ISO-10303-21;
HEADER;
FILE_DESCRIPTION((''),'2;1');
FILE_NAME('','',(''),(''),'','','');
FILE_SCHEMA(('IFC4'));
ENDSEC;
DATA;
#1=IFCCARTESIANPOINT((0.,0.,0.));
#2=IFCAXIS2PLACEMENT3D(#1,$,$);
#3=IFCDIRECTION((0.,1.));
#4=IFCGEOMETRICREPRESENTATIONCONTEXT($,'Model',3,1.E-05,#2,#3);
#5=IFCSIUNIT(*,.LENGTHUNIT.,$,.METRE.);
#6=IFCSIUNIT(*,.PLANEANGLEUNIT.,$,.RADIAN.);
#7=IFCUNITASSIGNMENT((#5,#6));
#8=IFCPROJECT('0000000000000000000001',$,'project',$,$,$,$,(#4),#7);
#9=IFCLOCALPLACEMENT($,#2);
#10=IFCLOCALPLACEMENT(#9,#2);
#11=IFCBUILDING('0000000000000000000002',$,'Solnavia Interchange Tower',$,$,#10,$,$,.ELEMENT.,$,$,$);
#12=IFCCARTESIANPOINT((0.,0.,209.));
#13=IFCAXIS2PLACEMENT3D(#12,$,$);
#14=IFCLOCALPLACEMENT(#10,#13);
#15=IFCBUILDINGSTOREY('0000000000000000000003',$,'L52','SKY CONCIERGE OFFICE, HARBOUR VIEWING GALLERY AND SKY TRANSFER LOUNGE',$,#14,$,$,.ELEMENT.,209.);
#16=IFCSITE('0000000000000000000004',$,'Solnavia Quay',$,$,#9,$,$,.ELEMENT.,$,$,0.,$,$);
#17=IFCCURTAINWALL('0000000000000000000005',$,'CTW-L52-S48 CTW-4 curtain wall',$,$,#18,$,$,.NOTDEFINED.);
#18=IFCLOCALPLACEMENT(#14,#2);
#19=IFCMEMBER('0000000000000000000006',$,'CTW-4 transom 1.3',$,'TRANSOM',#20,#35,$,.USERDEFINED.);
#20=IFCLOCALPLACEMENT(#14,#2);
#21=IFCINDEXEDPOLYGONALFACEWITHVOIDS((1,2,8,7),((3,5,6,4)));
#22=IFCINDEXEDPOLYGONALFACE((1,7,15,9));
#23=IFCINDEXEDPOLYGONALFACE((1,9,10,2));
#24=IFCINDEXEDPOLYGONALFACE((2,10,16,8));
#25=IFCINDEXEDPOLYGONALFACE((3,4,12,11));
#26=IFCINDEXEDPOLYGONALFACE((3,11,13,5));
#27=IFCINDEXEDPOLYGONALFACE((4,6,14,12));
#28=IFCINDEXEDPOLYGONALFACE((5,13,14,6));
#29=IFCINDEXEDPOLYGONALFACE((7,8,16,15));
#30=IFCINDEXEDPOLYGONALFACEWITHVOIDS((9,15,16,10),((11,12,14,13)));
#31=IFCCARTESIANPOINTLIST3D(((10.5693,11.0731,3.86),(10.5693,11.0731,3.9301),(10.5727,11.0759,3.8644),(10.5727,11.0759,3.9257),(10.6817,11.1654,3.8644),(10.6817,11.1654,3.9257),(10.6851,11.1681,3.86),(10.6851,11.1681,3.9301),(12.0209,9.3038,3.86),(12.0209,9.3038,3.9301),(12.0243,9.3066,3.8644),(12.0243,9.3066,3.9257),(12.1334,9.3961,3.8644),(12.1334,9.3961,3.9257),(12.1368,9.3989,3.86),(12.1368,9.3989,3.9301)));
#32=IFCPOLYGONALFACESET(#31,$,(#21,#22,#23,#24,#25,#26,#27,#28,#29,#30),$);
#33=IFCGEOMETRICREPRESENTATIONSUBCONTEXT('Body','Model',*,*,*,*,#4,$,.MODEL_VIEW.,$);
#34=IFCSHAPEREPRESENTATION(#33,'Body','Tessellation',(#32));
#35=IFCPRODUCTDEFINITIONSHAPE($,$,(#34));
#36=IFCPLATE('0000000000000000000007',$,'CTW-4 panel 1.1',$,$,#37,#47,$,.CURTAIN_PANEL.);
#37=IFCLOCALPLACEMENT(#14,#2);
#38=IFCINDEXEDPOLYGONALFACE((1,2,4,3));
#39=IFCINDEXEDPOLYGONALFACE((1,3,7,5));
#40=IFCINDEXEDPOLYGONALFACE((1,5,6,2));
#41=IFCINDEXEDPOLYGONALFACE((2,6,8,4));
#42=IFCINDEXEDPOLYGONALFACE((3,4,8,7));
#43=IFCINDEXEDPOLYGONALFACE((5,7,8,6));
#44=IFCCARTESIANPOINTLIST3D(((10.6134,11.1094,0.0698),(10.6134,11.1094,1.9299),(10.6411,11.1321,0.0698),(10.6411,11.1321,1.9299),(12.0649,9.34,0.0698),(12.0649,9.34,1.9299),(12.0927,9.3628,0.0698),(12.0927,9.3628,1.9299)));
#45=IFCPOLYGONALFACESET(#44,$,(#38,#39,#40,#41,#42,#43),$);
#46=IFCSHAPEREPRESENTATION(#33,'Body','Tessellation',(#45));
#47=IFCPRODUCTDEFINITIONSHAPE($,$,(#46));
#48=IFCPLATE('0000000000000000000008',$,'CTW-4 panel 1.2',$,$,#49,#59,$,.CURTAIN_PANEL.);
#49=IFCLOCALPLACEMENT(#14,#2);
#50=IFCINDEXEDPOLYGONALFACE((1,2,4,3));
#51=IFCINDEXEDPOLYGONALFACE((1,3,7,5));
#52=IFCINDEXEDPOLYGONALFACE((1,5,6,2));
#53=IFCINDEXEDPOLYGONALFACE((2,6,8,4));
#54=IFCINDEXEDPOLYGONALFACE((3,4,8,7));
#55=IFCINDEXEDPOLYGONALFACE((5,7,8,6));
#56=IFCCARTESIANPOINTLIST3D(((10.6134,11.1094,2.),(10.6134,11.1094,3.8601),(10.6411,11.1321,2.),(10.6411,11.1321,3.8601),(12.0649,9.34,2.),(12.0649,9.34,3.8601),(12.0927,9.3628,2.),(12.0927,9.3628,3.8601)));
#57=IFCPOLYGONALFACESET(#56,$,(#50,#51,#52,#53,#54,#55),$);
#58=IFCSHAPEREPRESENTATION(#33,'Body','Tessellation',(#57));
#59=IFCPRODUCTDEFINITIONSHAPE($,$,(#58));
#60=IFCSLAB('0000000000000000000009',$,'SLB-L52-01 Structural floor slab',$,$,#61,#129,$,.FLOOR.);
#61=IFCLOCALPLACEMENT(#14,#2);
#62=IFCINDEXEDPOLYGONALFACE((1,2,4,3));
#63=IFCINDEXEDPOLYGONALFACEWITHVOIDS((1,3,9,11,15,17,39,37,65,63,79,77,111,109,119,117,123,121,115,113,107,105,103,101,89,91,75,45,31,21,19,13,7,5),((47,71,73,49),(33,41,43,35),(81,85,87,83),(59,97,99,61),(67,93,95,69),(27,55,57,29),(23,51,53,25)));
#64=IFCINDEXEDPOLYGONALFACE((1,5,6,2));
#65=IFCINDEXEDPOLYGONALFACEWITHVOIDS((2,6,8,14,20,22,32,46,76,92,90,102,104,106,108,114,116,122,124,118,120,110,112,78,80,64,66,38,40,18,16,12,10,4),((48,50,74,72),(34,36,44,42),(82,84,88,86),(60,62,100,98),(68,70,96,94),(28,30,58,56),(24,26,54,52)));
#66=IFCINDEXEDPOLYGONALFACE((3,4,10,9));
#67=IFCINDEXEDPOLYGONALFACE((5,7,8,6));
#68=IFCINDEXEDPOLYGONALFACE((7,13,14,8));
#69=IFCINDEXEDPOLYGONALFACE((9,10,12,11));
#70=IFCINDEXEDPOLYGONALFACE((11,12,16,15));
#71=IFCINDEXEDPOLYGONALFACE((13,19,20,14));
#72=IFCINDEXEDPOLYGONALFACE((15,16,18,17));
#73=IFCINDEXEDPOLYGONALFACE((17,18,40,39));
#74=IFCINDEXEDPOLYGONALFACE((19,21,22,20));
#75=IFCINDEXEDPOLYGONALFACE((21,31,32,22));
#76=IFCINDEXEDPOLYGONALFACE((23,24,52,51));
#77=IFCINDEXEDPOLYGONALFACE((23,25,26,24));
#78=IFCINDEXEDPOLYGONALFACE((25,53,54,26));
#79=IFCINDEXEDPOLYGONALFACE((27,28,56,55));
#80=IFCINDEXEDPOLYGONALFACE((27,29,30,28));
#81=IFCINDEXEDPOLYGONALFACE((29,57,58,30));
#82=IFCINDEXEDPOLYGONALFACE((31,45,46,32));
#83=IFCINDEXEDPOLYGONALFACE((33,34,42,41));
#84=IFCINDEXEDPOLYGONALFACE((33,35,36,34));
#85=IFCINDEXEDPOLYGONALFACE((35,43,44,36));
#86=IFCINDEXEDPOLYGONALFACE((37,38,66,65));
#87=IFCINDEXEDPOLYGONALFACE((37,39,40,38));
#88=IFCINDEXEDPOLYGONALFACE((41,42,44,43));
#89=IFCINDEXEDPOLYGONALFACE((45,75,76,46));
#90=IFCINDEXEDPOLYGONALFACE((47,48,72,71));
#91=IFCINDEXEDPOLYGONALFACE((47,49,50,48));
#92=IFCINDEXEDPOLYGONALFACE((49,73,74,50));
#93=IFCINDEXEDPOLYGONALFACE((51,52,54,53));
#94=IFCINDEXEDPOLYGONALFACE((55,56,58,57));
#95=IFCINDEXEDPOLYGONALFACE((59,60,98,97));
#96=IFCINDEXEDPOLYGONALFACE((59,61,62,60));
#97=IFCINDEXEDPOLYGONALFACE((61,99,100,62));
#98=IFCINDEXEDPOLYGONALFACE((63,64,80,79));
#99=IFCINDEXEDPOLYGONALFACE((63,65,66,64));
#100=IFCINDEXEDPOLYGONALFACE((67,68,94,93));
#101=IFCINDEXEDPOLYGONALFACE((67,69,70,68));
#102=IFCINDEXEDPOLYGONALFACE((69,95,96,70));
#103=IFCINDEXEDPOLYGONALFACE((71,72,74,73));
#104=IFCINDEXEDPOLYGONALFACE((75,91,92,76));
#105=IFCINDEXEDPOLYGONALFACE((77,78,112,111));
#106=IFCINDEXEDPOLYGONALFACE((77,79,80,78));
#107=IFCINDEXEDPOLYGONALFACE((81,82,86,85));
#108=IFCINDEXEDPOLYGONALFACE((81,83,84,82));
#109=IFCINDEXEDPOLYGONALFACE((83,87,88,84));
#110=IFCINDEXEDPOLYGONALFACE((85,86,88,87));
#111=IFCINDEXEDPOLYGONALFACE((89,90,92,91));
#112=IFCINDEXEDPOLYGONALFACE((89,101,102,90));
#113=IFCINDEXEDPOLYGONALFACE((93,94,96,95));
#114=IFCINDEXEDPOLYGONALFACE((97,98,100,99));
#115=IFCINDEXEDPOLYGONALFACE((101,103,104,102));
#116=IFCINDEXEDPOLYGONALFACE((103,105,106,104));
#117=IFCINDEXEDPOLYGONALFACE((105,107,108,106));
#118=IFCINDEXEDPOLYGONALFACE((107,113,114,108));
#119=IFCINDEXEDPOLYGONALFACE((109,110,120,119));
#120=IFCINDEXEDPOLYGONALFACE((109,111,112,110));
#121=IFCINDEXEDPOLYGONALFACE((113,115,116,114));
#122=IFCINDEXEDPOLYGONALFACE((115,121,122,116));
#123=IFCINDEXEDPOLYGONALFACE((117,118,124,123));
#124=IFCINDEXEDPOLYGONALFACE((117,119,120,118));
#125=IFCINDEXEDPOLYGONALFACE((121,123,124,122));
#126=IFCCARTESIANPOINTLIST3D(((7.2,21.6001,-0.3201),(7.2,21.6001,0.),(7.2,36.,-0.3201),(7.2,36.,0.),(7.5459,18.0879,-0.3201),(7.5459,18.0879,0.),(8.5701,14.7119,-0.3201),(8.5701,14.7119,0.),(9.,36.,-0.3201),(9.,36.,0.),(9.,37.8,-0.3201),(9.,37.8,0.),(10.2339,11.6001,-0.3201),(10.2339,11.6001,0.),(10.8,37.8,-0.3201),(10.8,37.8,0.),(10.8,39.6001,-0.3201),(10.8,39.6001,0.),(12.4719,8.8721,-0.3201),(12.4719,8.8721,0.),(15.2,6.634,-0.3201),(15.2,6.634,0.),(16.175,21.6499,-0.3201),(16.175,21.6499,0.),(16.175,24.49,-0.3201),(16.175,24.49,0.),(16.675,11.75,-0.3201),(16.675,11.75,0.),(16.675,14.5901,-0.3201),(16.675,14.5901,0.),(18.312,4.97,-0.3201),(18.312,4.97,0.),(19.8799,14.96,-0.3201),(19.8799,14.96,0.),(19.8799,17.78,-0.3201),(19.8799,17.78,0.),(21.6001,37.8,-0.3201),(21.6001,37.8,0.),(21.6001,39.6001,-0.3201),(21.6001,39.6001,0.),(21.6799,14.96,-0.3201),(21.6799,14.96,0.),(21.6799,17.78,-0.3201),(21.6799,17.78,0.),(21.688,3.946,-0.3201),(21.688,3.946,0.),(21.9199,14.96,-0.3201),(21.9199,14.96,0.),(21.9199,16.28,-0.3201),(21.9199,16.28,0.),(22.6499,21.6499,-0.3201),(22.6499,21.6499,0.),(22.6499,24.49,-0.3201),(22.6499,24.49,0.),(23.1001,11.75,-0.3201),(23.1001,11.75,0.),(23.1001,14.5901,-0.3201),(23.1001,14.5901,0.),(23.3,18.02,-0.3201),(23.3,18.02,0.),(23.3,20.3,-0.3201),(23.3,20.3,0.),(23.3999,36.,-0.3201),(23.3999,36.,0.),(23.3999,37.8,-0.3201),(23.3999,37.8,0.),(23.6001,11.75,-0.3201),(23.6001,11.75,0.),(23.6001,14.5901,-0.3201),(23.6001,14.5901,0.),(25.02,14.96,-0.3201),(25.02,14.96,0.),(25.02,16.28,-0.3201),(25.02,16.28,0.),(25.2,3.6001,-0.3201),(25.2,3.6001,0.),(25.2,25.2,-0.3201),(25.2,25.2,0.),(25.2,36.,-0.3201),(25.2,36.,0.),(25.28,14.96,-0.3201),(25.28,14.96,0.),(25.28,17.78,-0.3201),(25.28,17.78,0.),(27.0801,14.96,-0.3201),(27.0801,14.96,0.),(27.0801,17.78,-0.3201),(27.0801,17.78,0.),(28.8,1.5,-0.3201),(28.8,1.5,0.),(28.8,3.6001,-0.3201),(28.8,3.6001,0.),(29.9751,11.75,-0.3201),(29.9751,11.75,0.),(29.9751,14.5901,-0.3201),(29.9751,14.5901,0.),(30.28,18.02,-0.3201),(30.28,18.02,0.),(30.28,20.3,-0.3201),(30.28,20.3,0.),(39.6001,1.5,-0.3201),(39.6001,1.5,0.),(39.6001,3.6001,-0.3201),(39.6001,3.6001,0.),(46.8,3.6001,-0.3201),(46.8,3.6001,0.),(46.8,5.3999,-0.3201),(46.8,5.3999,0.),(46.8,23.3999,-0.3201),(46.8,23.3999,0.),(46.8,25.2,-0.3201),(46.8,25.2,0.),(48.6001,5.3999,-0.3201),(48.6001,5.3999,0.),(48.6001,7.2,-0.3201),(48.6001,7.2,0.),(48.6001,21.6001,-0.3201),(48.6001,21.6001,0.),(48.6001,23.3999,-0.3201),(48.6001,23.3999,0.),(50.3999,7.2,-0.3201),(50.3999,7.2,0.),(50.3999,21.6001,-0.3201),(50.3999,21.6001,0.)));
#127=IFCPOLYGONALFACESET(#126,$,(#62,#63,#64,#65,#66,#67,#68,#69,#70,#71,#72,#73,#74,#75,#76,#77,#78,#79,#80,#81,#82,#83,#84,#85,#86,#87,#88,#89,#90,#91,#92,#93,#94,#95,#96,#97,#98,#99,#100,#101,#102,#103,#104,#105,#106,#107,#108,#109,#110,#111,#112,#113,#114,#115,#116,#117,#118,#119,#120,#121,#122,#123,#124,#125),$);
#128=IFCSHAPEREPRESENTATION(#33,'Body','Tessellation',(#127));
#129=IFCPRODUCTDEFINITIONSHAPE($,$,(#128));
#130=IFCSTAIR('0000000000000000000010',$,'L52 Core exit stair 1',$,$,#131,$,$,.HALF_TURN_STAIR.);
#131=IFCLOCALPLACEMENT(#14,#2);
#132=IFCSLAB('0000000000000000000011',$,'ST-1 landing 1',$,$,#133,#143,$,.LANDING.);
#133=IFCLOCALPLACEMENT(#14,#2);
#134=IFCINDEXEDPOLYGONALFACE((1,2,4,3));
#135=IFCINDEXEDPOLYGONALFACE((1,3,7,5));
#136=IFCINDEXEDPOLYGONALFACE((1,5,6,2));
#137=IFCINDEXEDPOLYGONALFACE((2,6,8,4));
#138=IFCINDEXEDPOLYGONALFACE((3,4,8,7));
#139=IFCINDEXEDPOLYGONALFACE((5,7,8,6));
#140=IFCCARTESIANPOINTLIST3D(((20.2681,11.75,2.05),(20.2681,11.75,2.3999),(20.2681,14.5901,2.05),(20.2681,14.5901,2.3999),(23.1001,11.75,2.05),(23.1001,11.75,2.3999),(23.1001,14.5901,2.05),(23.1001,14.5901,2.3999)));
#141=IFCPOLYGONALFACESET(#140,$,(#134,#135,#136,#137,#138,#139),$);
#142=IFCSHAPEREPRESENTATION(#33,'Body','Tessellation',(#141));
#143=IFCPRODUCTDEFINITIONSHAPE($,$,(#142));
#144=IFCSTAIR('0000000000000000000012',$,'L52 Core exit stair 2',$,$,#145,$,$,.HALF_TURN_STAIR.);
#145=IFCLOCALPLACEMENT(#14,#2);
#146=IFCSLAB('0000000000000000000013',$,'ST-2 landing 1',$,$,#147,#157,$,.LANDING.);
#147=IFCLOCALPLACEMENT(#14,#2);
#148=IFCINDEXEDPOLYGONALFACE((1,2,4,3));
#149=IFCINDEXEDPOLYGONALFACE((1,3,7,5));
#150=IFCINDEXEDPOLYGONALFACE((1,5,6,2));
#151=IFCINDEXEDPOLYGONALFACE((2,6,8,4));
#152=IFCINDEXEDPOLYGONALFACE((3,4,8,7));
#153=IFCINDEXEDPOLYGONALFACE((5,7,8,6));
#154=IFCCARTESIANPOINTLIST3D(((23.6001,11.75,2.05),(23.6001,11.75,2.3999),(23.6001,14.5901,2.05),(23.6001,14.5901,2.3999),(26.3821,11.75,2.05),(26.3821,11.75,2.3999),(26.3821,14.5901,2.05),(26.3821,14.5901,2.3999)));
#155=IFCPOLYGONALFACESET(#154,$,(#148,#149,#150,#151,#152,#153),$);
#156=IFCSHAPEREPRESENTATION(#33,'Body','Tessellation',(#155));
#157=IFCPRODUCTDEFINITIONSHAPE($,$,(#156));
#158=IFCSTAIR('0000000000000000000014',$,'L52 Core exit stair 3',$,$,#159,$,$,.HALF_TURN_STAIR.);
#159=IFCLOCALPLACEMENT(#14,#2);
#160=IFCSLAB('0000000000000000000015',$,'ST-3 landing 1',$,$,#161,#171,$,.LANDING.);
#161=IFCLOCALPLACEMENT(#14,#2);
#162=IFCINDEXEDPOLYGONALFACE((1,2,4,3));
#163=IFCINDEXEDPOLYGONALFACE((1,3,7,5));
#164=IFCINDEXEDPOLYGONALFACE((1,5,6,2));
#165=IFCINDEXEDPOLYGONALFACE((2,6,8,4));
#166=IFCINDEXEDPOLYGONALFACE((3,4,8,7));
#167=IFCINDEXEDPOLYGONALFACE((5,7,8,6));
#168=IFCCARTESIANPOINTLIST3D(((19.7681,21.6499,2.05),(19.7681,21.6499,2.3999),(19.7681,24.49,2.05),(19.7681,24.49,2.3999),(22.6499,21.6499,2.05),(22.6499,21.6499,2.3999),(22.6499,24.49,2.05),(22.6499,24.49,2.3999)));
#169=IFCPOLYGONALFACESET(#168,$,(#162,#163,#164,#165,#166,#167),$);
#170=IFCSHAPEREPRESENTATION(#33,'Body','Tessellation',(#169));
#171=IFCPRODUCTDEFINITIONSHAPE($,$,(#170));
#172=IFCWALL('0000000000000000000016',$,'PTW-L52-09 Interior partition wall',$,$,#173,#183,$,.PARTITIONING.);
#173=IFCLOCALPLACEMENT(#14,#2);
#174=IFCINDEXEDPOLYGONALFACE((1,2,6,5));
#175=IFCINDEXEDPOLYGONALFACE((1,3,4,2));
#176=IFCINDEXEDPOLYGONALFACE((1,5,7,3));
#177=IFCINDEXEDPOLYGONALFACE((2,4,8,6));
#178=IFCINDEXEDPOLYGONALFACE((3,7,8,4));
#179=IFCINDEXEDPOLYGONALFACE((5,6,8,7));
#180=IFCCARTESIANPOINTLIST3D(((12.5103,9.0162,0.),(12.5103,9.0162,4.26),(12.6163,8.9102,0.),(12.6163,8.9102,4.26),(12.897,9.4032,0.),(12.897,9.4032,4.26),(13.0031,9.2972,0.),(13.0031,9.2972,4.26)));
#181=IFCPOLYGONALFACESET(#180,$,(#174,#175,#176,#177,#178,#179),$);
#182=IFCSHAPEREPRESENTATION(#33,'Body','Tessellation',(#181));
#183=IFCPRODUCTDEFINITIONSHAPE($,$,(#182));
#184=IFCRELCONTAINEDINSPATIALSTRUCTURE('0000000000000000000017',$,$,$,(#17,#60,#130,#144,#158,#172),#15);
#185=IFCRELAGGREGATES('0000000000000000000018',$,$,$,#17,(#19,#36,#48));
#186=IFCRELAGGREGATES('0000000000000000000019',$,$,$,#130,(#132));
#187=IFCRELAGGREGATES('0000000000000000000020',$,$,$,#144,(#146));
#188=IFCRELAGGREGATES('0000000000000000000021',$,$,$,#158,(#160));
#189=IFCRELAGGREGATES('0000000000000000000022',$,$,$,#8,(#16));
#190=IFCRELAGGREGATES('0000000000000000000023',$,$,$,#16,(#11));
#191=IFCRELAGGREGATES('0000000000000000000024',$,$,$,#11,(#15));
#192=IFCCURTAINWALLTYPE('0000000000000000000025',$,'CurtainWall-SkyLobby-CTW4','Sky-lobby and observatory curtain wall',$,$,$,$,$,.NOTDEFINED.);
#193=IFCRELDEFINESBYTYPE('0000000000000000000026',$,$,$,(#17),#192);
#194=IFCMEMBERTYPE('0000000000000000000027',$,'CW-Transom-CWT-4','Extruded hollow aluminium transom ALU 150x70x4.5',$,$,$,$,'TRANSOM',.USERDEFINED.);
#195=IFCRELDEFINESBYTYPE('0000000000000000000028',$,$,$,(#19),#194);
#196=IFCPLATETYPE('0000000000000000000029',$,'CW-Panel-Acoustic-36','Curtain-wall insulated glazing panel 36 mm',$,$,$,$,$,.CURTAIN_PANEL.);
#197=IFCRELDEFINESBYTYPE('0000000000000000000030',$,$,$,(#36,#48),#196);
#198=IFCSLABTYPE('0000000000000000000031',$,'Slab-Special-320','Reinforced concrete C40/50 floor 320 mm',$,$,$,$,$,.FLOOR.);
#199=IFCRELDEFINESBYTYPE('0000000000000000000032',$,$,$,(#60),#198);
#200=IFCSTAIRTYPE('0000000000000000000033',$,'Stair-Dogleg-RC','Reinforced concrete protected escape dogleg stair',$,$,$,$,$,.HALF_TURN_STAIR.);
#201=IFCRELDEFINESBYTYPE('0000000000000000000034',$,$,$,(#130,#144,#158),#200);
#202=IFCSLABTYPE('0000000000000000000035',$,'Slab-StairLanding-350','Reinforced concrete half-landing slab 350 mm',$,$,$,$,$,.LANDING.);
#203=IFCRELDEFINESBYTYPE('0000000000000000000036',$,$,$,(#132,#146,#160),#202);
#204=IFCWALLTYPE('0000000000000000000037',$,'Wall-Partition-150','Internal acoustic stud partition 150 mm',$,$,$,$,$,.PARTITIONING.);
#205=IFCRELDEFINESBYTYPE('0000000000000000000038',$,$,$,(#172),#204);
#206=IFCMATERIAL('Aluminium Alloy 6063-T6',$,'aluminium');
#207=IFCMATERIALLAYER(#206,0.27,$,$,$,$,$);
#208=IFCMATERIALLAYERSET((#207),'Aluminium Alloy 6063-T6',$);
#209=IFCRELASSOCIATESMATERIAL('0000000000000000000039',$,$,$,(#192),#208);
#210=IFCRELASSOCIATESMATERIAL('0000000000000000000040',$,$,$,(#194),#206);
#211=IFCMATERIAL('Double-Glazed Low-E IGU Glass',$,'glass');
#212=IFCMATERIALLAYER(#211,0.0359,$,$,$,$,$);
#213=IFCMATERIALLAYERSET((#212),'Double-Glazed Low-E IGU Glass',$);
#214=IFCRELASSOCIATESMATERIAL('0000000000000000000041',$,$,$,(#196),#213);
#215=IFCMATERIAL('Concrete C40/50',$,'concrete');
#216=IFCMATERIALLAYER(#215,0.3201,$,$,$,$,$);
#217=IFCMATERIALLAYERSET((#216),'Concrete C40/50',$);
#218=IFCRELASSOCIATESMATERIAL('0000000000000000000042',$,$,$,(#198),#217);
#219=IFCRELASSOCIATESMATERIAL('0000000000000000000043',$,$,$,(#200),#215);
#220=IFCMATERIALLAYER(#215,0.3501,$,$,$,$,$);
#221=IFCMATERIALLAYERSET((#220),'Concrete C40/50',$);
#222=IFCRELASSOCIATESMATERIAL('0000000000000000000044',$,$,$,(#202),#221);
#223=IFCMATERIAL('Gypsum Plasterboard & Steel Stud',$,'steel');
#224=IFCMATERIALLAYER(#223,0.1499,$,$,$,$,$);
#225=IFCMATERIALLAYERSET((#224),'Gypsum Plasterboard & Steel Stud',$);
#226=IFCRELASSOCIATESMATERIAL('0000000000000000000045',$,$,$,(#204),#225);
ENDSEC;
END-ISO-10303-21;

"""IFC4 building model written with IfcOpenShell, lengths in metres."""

from ifc_helpers import new_model, si_unit, direction, frame, frame_2d, origin, origin_2d, place, context, subcontext, project, spatial, polyline, rectangle, hollow_rectangle, outline, extrude, material, layer, layer_set, material_profile, profile_set, type_object, element, aggregate, save


model = new_model("IFC4")

# Units and contexts
model_context = context("Model", 3, precision=1e-05, world=origin(), true_north=direction((0.0, 1.0)))
body_context = subcontext(model_context, "Body", "Model", "MODEL_VIEW")
ifc_project = project(units=[si_unit("LENGTHUNIT", "METRE"), si_unit("PLANEANGLEUNIT", "RADIAN")], contexts=[model_context])

# Site, building, storey
site_placement = place(None, origin())
site = spatial("IfcSite", under=ifc_project, at=site_placement, Name="Solnavia Quay", CompositionType="ELEMENT", RefElevation=0.0)
building_placement = place(site_placement, origin())
building = spatial("IfcBuilding", under=site, at=building_placement, Name="Solnavia Interchange Tower", CompositionType="ELEMENT")
storey_placement = place(building_placement, frame((0.0, 0.0, 209.0)))
storey = spatial("IfcBuildingStorey", under=building, at=storey_placement, Name="L52", Description="SKY CONCIERGE OFFICE, HARBOUR VIEWING GALLERY AND SKY TRANSFER LOUNGE", CompositionType="ELEMENT", Elevation=209.0)

# Curtain wall, member, plates
ifc_material_1 = material(Name="Aluminium Alloy 6063-T6", Category="aluminium")
ifc_layer_1 = layer(ifc_material_1, 0.27)
ifc_layer_set_1 = layer_set([ifc_layer_1], Name="Aluminium Alloy 6063-T6")
curtain_wall_type = type_object("IfcCurtainWallType", Name="CurtainWall-SkyLobby-CTW4", Description="Sky-lobby and observatory curtain wall", PredefinedType="NOTDEFINED", material=ifc_layer_set_1)
curtain_wall_placement = place(storey_placement, origin())
curtain_wall = element("IfcCurtainWall", 1, at=curtain_wall_placement, inside=storey, type_object=curtain_wall_type, Name="CTW-L52-S48 CTW-4 curtain wall", PredefinedType="NOTDEFINED")
ifc_material_profile_1 = material_profile(ifc_material_1, hollow_rectangle(XDim=0.0701, YDim=0.1499, WallThickness=0.0044, at=origin_2d()), Name="ALU 150x70x4.5")
ifc_profile_set_1 = profile_set([ifc_material_profile_1], Name="Aluminium Alloy 6063-T6")
member_type_1 = type_object("IfcMemberType", Name="CW-Transom-CWT-4", Description="Extruded hollow aluminium transom ALU 150x70x4.5", ElementType="TRANSOM", PredefinedType="USERDEFINED", material=ifc_profile_set_1)
member_1_placement = place(storey_placement, frame((10.6272, 11.1206, 3.895), z_axis=(0.6343, -0.773087, 0.0), x_axis=(0.0, 0.0, 1.0)))
member_1 = element("IfcMember", 2, at=member_1_placement, type_object=member_type_1, Name="CTW-4 transom 1.3", ObjectType="TRANSOM", PredefinedType="USERDEFINED", context=body_context, shape_type="SweptSolid", body=[
    extrude(hollow_rectangle(XDim=0.0701, YDim=0.1499, WallThickness=0.0044, at=origin_2d()), origin(), (0.0, 0.0, 1.0), 2.2886),
])
ifc_material_2 = material(Name="Double-Glazed Low-E IGU Glass", Category="glass")
ifc_layer_2 = layer(ifc_material_2, 0.0359)
ifc_layer_set_2 = layer_set([ifc_layer_2], Name="Double-Glazed Low-E IGU Glass")
plate_type = type_object("IfcPlateType", Name="CW-Panel-Acoustic-36", Description="Curtain-wall insulated glazing panel 36 mm", PredefinedType="CURTAIN_PANEL", material=ifc_layer_set_2)
plate_1_placement = place(storey_placement, frame((11.353, 10.2361, 0.0698), z_axis=(0.0, 0.0, 1.0), x_axis=(0.63426, -0.77312, 0.0)))
plate_1 = element("IfcPlate", 3, at=plate_1_placement, type_object=plate_type, Name="CTW-4 panel 1.1", PredefinedType="CURTAIN_PANEL", context=body_context, shape_type="SweptSolid", body=[
    extrude(rectangle(XDim=2.2886, YDim=0.0359, at=origin_2d()), origin(), (0.0, 0.0, 1.0), 1.8601),
])
plate_2_placement = place(storey_placement, frame((11.353, 10.2361, 2.0), z_axis=(0.0, 0.0, 1.0), x_axis=(0.63426, -0.77312, 0.0)))
plate_2 = element("IfcPlate", 4, at=plate_2_placement, type_object=plate_type, Name="CTW-4 panel 1.2", PredefinedType="CURTAIN_PANEL", context=body_context, shape_type="SweptSolid", body=[
    extrude(rectangle(XDim=2.2886, YDim=0.0359, at=origin_2d()), origin(), (0.0, 0.0, 1.0), 1.8601),
])
aggregate(curtain_wall, [member_1, plate_1, plate_2])

# Slab
ifc_material_3 = material(Name="Concrete C40/50", Category="concrete")
ifc_layer_3 = layer(ifc_material_3, 0.3201)
ifc_layer_set_3 = layer_set([ifc_layer_3], Name="Concrete C40/50")
slab_type_1 = type_object("IfcSlabType", Name="Slab-Special-320", Description="Reinforced concrete C40/50 floor 320 mm", PredefinedType="FLOOR", material=ifc_layer_set_3)
slab_1_placement = place(storey_placement, frame((0.0, 0.0, -0.3201)))
element("IfcSlab", 5, at=slab_1_placement, inside=storey, type_object=slab_type_1, Name="SLB-L52-01 Structural floor slab", PredefinedType="FLOOR", context=body_context, shape_type="SweptSolid", body=[
    extrude(outline(polyline([(25.2, 3.6001), (28.8, 3.6001), (28.8, 1.5), (39.6001, 1.5), (39.6001, 3.6001), (46.8, 3.6001), (46.8, 5.3999), (48.6001, 5.3999), (48.6001, 7.2), (50.3999, 7.2), (50.3999, 21.6001), (48.6001, 21.6001), (48.6001, 23.3999), (46.8, 23.3999), (46.8, 25.2), (25.2, 25.2), (25.2, 36.0), (23.3999, 36.0), (23.3999, 37.8), (21.6001, 37.8), (21.6001, 39.6001), (10.8, 39.6001), (10.8, 37.8), (9.0, 37.8), (9.0, 36.0), (7.2, 36.0), (7.2, 21.6001), (7.5459, 18.0879), (8.5701, 14.7119), (10.2339, 11.6001), (12.4719, 8.8721), (15.2, 6.634), (18.312, 4.97), (21.688, 3.946), (25.2, 3.6001)]), holes=[polyline([(16.675, 11.75), (23.1001, 11.75), (23.1001, 14.5901), (16.675, 14.5901), (16.675, 11.75)]), polyline([(23.6001, 11.75), (29.9751, 11.75), (29.9751, 14.5901), (23.6001, 14.5901), (23.6001, 11.75)]), polyline([(16.175, 21.6499), (22.6499, 21.6499), (22.6499, 24.49), (16.175, 24.49), (16.175, 21.6499)]), polyline([(19.8799, 14.96), (21.6799, 14.96), (21.6799, 17.78), (19.8799, 17.78), (19.8799, 14.96)]), polyline([(25.28, 14.96), (27.0801, 14.96), (27.0801, 17.78), (25.28, 17.78), (25.28, 14.96)]), polyline([(21.9199, 14.96), (25.02, 14.96), (25.02, 16.28), (21.9199, 16.28), (21.9199, 14.96)]), polyline([(23.3, 18.02), (30.28, 18.02), (30.28, 20.3), (23.3, 20.3), (23.3, 18.02)])]), origin(), (0.0, 0.0, 1.0), 0.3201),
])

# Stairs, slabs
stair_type = type_object("IfcStairType", Name="Stair-Dogleg-RC", Description="Reinforced concrete protected escape dogleg stair", PredefinedType="HALF_TURN_STAIR", material=ifc_material_3)
stair_1_placement = place(storey_placement, origin())
stair_1 = element("IfcStair", 6, at=stair_1_placement, inside=storey, type_object=stair_type, Name="L52 Core exit stair 1", PredefinedType="HALF_TURN_STAIR")
ifc_layer_4 = layer(ifc_material_3, 0.3501)
ifc_layer_set_4 = layer_set([ifc_layer_4], Name="Concrete C40/50")
slab_type_2 = type_object("IfcSlabType", Name="Slab-StairLanding-350", Description="Reinforced concrete half-landing slab 350 mm", PredefinedType="LANDING", material=ifc_layer_set_4)
slab_2_placement = place(storey_placement, frame((0.0, 0.0, 2.05)))
slab_2 = element("IfcSlab", 7, at=slab_2_placement, type_object=slab_type_2, Name="ST-1 landing 1", PredefinedType="LANDING", context=body_context, shape_type="SweptSolid", body=[
    extrude(outline(polyline([(20.2681, 11.75), (23.1001, 11.75), (23.1001, 14.5901), (20.2681, 14.5901), (20.2681, 11.75)])), origin(), (0.0, 0.0, 1.0), 0.3499),
])
aggregate(stair_1, [slab_2])
stair_2_placement = place(storey_placement, origin())
stair_2 = element("IfcStair", 8, at=stair_2_placement, inside=storey, type_object=stair_type, Name="L52 Core exit stair 2", PredefinedType="HALF_TURN_STAIR")
slab_3_placement = place(storey_placement, frame((0.0, 0.0, 2.05)))
slab_3 = element("IfcSlab", 9, at=slab_3_placement, type_object=slab_type_2, Name="ST-2 landing 1", PredefinedType="LANDING", context=body_context, shape_type="SweptSolid", body=[
    extrude(outline(polyline([(23.6001, 11.75), (26.3821, 11.75), (26.3821, 14.5901), (23.6001, 14.5901), (23.6001, 11.75)])), origin(), (0.0, 0.0, 1.0), 0.3499),
])
aggregate(stair_2, [slab_3])
stair_3_placement = place(storey_placement, origin())
stair_3 = element("IfcStair", 10, at=stair_3_placement, inside=storey, type_object=stair_type, Name="L52 Core exit stair 3", PredefinedType="HALF_TURN_STAIR")
slab_4_placement = place(storey_placement, frame((0.0, 0.0, 2.05)))
slab_4 = element("IfcSlab", 11, at=slab_4_placement, type_object=slab_type_2, Name="ST-3 landing 1", PredefinedType="LANDING", context=body_context, shape_type="SweptSolid", body=[
    extrude(outline(polyline([(19.7681, 21.6499), (22.6499, 21.6499), (22.6499, 24.49), (19.7681, 24.49), (19.7681, 21.6499)])), origin(), (0.0, 0.0, 1.0), 0.3499),
])
aggregate(stair_3, [slab_4])

# Wall
ifc_material_4 = material(Name="Gypsum Plasterboard & Steel Stud", Category="steel")
ifc_layer_5 = layer(ifc_material_4, 0.1499)
ifc_layer_set_5 = layer_set([ifc_layer_5], Name="Gypsum Plasterboard & Steel Stud")
wall_type_1 = type_object("IfcWallType", Name="Wall-Partition-150", Description="Internal acoustic stud partition 150 mm", PredefinedType="PARTITIONING", material=ifc_layer_set_5)
wall_1_placement = place(storey_placement, frame((12.95, 9.3501, 0.0), z_axis=(0.0, 0.0, 1.0), x_axis=(-0.706884, -0.70733, 0.0)))
element("IfcWall", 12, at=wall_1_placement, inside=storey, type_object=wall_type_1, Name="PTW-L52-09 Interior partition wall", PredefinedType="PARTITIONING", context=body_context, shape_type="SweptSolid", body=[
    extrude(rectangle(XDim=0.5471, YDim=0.1499, at=frame_2d((0.2734, 0.0))), origin(), (0.0, 0.0, 1.0), 4.26),
])

save(model, "model.ifc")
